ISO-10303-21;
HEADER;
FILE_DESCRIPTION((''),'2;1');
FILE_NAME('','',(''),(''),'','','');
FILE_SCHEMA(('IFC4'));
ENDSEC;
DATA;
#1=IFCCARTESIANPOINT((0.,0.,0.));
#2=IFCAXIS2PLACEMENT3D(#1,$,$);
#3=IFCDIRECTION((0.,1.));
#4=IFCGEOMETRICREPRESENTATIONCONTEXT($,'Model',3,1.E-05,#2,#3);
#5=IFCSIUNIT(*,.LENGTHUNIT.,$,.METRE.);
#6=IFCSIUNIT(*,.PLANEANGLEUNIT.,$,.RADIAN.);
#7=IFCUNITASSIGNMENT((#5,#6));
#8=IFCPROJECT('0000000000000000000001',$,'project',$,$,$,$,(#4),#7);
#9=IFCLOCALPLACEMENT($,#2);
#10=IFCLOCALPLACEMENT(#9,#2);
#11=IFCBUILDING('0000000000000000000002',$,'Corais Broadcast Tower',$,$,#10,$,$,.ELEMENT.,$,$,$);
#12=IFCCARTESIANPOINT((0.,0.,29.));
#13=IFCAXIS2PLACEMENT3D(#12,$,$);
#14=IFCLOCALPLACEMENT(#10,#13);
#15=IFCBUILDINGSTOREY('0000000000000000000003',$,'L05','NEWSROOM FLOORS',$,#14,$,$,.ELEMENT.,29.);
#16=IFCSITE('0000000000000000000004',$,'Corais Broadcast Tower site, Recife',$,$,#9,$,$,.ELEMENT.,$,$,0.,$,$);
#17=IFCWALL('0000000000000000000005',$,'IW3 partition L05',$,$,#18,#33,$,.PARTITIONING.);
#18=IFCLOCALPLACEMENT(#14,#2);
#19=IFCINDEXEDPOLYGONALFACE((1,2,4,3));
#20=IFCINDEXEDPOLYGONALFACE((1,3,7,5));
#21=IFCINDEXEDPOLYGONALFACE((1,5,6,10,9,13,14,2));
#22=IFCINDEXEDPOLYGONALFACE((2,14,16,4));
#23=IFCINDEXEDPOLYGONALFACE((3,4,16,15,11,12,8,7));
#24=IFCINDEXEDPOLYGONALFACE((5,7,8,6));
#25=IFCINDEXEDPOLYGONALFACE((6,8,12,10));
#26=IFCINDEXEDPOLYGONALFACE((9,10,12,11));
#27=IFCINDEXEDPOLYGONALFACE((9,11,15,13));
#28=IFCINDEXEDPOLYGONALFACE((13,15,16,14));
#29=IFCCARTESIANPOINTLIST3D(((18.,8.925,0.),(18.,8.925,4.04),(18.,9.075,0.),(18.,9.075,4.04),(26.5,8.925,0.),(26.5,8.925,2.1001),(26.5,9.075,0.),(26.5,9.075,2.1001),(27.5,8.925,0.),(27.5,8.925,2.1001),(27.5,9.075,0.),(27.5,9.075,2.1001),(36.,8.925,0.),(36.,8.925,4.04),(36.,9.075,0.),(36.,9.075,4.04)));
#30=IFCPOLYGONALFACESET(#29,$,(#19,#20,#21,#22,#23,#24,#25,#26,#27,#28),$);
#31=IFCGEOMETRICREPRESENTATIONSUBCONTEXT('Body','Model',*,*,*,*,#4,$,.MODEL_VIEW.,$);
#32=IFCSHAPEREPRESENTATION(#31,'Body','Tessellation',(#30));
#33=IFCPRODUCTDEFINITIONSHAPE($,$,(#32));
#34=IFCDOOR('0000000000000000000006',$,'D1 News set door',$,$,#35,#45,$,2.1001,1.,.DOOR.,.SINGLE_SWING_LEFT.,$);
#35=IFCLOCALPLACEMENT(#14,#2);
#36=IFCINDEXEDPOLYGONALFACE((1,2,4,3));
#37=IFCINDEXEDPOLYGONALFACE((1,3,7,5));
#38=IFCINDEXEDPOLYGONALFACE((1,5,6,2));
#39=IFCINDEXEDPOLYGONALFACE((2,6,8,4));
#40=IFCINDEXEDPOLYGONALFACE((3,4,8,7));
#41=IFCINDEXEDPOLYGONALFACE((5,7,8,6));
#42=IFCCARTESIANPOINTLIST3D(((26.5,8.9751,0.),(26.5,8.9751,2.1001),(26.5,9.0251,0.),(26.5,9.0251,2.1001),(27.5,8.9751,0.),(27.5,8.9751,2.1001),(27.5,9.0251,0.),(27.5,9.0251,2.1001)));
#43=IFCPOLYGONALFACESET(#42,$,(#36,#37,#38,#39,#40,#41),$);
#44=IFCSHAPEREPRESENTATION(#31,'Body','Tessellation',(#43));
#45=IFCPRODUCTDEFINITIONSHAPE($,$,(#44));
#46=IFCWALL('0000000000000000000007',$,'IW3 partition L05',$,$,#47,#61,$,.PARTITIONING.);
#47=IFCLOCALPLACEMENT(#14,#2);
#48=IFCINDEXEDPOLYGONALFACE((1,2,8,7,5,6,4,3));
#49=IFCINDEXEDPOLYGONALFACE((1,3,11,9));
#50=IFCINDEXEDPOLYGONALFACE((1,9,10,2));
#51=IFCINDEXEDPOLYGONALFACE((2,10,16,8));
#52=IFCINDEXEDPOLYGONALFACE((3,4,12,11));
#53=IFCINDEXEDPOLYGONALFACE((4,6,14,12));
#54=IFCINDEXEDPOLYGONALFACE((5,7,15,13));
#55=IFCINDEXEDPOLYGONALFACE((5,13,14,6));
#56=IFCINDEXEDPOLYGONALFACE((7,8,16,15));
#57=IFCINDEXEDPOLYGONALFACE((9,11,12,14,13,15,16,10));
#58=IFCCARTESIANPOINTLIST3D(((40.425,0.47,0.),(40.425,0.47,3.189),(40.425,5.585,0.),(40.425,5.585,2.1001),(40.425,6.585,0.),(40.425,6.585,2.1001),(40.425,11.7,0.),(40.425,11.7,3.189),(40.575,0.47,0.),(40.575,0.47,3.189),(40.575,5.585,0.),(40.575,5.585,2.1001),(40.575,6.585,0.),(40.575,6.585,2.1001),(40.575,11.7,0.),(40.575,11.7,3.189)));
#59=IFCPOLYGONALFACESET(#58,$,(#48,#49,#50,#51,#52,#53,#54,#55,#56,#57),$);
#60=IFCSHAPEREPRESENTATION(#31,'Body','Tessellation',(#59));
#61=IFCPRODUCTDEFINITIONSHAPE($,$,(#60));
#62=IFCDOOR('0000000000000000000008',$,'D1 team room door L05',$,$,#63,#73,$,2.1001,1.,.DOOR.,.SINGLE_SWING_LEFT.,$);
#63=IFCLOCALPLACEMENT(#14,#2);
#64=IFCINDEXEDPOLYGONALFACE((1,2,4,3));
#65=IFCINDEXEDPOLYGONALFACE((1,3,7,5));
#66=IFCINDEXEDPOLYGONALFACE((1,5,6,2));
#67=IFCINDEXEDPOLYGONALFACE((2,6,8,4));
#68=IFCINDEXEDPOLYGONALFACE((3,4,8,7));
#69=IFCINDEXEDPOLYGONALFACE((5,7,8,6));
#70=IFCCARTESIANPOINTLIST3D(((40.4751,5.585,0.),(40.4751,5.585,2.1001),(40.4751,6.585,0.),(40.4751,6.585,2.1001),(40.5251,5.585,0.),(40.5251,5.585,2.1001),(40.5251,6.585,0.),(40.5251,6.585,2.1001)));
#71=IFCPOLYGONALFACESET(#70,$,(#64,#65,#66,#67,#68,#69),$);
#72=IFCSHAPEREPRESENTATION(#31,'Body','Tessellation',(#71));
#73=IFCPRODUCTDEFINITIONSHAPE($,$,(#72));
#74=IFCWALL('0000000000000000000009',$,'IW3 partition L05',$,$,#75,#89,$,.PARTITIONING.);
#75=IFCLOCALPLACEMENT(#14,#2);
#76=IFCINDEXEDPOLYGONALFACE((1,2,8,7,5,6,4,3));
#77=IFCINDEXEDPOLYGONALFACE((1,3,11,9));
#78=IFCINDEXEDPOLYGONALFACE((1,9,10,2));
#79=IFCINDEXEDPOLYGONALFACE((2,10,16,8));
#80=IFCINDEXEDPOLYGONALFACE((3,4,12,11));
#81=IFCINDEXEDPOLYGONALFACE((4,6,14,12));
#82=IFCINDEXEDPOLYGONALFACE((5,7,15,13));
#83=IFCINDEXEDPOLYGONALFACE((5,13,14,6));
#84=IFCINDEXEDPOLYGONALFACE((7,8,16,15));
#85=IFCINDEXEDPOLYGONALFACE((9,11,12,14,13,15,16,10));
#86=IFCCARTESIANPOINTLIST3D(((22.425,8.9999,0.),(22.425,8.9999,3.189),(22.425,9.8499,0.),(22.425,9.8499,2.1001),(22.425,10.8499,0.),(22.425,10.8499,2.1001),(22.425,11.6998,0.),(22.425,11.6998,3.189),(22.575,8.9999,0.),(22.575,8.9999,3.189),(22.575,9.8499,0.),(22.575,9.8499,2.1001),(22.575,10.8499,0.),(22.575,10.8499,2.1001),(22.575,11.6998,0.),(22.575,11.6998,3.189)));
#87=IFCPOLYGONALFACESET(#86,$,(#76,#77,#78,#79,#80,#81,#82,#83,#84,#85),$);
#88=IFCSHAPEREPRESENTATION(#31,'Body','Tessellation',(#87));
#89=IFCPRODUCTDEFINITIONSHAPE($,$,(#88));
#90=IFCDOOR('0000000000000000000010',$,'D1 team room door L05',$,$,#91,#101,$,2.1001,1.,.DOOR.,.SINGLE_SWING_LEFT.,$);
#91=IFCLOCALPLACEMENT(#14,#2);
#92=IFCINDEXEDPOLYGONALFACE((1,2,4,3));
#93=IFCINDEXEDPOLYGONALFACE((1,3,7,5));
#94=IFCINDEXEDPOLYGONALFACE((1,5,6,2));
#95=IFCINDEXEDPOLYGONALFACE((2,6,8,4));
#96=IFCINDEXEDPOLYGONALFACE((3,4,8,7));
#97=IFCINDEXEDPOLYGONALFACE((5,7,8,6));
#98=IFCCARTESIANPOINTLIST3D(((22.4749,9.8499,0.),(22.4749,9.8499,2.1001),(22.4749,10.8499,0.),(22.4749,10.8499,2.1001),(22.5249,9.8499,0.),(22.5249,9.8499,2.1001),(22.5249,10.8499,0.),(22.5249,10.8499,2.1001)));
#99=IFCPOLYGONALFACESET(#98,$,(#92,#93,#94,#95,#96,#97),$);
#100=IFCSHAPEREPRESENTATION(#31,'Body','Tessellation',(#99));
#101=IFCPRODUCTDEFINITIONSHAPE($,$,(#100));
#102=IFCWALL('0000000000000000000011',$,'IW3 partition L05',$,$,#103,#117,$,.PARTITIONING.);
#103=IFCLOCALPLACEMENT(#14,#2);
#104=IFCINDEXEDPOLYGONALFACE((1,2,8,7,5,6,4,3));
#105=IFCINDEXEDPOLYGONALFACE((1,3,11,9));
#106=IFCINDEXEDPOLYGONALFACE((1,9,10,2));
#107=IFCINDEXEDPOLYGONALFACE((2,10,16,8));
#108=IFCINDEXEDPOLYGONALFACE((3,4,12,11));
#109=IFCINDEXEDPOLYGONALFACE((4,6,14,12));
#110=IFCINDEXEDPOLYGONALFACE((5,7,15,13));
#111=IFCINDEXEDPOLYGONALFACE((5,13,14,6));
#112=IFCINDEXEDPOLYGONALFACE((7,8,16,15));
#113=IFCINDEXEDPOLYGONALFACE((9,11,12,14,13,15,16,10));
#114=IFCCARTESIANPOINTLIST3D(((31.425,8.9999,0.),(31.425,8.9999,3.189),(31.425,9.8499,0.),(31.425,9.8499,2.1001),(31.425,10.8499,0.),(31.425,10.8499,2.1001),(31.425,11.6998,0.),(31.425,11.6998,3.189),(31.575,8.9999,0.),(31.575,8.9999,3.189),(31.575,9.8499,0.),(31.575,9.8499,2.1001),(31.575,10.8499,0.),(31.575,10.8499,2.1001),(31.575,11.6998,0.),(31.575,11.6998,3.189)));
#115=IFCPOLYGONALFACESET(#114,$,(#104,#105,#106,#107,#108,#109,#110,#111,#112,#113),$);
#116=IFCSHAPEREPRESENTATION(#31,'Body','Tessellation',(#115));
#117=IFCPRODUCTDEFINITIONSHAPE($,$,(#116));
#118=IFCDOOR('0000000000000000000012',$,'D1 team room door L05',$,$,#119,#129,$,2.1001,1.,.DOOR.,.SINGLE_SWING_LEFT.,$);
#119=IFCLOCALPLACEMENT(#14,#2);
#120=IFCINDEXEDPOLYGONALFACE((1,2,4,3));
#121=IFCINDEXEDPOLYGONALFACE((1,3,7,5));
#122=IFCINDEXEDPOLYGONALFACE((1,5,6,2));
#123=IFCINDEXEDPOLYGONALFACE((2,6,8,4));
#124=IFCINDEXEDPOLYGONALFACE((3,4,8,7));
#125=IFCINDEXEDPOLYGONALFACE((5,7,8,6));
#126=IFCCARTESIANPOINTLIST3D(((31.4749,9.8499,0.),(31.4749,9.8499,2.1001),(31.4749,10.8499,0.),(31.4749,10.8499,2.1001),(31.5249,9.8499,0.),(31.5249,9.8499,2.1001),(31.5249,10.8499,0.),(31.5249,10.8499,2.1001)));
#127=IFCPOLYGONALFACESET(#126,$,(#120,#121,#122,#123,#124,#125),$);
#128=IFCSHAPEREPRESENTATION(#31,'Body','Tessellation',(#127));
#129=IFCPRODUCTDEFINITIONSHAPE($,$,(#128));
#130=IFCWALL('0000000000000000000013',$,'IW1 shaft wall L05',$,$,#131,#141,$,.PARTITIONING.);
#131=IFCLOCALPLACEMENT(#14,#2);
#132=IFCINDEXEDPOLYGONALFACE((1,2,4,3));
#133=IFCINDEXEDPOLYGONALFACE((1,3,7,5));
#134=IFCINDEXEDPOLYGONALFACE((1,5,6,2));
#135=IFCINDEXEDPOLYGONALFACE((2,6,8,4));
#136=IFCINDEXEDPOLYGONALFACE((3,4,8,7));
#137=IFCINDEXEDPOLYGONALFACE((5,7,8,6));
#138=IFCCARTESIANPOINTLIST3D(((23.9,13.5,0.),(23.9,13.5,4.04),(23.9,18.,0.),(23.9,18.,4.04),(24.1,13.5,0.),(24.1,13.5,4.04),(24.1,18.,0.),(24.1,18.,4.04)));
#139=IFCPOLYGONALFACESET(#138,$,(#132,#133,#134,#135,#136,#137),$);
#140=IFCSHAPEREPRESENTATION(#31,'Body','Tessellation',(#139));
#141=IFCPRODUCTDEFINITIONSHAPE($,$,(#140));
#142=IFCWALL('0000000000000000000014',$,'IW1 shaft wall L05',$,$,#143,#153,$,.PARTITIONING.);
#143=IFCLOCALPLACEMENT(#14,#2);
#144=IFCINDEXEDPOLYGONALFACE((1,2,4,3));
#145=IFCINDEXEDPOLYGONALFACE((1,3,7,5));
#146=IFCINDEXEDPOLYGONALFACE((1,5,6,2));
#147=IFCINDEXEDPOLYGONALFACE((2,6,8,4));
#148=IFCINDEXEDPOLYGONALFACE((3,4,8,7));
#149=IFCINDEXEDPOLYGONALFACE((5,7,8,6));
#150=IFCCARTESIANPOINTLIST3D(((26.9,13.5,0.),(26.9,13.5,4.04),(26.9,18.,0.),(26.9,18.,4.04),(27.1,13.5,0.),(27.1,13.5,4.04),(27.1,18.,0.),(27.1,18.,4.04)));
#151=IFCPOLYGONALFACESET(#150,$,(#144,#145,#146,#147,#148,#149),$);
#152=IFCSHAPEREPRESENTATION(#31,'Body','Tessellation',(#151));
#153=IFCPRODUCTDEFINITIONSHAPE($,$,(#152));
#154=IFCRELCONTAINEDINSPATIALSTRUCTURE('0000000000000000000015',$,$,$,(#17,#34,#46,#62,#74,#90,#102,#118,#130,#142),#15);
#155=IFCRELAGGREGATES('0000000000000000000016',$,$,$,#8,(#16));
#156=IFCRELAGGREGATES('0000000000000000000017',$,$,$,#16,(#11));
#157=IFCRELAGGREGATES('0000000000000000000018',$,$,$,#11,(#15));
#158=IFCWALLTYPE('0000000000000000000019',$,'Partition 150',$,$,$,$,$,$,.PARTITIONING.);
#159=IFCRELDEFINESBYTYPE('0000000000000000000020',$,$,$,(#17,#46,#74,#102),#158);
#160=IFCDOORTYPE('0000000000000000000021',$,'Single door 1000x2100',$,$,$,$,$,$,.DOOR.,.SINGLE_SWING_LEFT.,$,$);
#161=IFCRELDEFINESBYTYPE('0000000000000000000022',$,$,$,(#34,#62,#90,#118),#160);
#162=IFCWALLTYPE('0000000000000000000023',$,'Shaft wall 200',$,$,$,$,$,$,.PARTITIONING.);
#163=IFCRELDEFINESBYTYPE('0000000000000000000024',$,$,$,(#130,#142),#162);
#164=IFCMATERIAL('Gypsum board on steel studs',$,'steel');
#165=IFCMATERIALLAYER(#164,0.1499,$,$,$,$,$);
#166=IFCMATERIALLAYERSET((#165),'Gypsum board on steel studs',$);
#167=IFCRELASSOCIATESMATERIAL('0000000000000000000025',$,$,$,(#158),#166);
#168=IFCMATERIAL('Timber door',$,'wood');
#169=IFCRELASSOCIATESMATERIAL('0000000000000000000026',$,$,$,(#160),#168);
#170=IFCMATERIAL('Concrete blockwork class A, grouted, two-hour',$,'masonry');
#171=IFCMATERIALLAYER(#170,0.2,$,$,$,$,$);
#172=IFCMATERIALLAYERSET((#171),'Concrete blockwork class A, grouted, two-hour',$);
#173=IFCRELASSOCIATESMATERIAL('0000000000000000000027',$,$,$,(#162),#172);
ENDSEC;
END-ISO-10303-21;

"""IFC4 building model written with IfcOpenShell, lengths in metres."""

from ifc_helpers import new_model, si_unit, direction, frame, frame_2d, origin, place, context, subcontext, project, spatial, rectangle, extrude, material, layer, layer_set, type_object, element, fill, save


model = new_model("IFC4")

# Units and contexts
model_context = context("Model", 3, precision=1e-05, world=origin(), true_north=direction((0.0, 1.0)))
body_context = subcontext(model_context, "Body", "Model", "MODEL_VIEW")
ifc_project = project(units=[si_unit("LENGTHUNIT", "METRE"), si_unit("PLANEANGLEUNIT", "RADIAN")], contexts=[model_context])

# Site, building, storey
site_placement = place(None, origin())
site = spatial("IfcSite", under=ifc_project, at=site_placement, Name="Corais Broadcast Tower site, Recife", CompositionType="ELEMENT", RefElevation=0.0)
building_placement = place(site_placement, origin())
building = spatial("IfcBuilding", under=site, at=building_placement, Name="Corais Broadcast Tower", CompositionType="ELEMENT")
storey_placement = place(building_placement, frame((0.0, 0.0, 29.0)))
storey = spatial("IfcBuildingStorey", under=building, at=storey_placement, Name="L05", Description="NEWSROOM FLOORS", CompositionType="ELEMENT", Elevation=29.0)

# Shared definitions
ifc_material_1 = material(Name="Gypsum board on steel studs", Category="steel")
ifc_layer_1 = layer(ifc_material_1, 0.1499)
ifc_layer_set_1 = layer_set([ifc_layer_1], Name="Gypsum board on steel studs")
wall_type_1 = type_object("IfcWallType", Name="Partition 150", PredefinedType="PARTITIONING", material=ifc_layer_set_1)
ifc_material_2 = material(Name="Timber door", Category="wood")
door_type = type_object("IfcDoorType", Name="Single door 1000x2100", OperationType="SINGLE_SWING_LEFT", PredefinedType="DOOR", material=ifc_material_2)

# Walls, openings, doors
wall_1_placement = place(storey_placement, frame((36.0, 9.0, 0.0), z_axis=(0.0, 0.0, 1.0), x_axis=(-1.0, 0.0, 0.0)))
wall_1 = element("IfcWall", 1, at=wall_1_placement, inside=storey, type_object=wall_type_1, Name="IW3 partition L05", PredefinedType="PARTITIONING", context=body_context, shape_type="SweptSolid", body=[
    extrude(rectangle(XDim=18.0, YDim=0.1499, at=frame_2d((9.0, 0.0))), origin(), (0.0, 0.0, 1.0), 4.04),
])
opening_1_placement = place(wall_1_placement, frame((8.5, 0.0, 0.0)))
opening_1 = element("IfcOpeningElement", 2, at=opening_1_placement, cuts=wall_1, PredefinedType="OPENING", context=body_context, shape_type="SweptSolid", body=[
    extrude(rectangle(XDim=1.0, YDim=2.1001, at=frame_2d((0.5, 1.05))), frame((0.0, 0.085, 0.0), z_axis=(0.0, -1.0, 0.0), x_axis=(1.0, 0.0, 0.0)), (0.0, 0.0, 1.0), 0.1699),
])
door_1_placement = place(opening_1_placement, origin())
door_1 = element("IfcDoor", 3, at=door_1_placement, inside=storey, type_object=door_type, Name="D1 News set door", OperationType="SINGLE_SWING_LEFT", OverallHeight=2.1001, OverallWidth=1.0, PredefinedType="DOOR", context=body_context, shape_type="SweptSolid", body=[
    extrude(rectangle(XDim=1.0, YDim=2.1001, at=frame_2d((0.5, 1.05))), frame((0.0, 0.0249, 0.0), z_axis=(0.0, -1.0, 0.0), x_axis=(1.0, 0.0, 0.0)), (0.0, 0.0, 1.0), 0.05),
])
fill(opening_1, door_1)
wall_2_placement = place(storey_placement, frame((40.5, 0.47, 0.0), z_axis=(0.0, 0.0, 1.0), x_axis=(0.0, 1.0, 0.0)))
wall_2 = element("IfcWall", 4, at=wall_2_placement, inside=storey, type_object=wall_type_1, Name="IW3 partition L05", PredefinedType="PARTITIONING", context=body_context, shape_type="SweptSolid", body=[
    extrude(rectangle(XDim=11.23, YDim=0.1499, at=frame_2d((5.615, 0.0))), origin(), (0.0, 0.0, 1.0), 3.189),
])
opening_2_placement = place(wall_2_placement, frame((5.115, 0.0, 0.0)))
opening_2 = element("IfcOpeningElement", 5, at=opening_2_placement, cuts=wall_2, PredefinedType="OPENING", context=body_context, shape_type="SweptSolid", body=[
    extrude(rectangle(XDim=1.0, YDim=2.1001, at=frame_2d((0.5, 1.05))), frame((0.0, 0.085, 0.0), z_axis=(0.0, -1.0, 0.0), x_axis=(1.0, 0.0, 0.0)), (0.0, 0.0, 1.0), 0.1699),
])
door_2_placement = place(opening_2_placement, origin())
door_2 = element("IfcDoor", 6, at=door_2_placement, inside=storey, type_object=door_type, Name="D1 team room door L05", OperationType="SINGLE_SWING_LEFT", OverallHeight=2.1001, OverallWidth=1.0, PredefinedType="DOOR", context=body_context, shape_type="SweptSolid", body=[
    extrude(rectangle(XDim=1.0, YDim=2.1001, at=frame_2d((0.5, 1.05))), frame((0.0, 0.0249, 0.0), z_axis=(0.0, -1.0, 0.0), x_axis=(1.0, 0.0, 0.0)), (0.0, 0.0, 1.0), 0.05),
])
fill(opening_2, door_2)
wall_3_placement = place(storey_placement, frame((22.5, 11.7, 0.0), z_axis=(0.0, 0.0, 1.0), x_axis=(0.0, -1.0, 0.0)))
wall_3 = element("IfcWall", 7, at=wall_3_placement, inside=storey, type_object=wall_type_1, Name="IW3 partition L05", PredefinedType="PARTITIONING", context=body_context, shape_type="SweptSolid", body=[
    extrude(rectangle(XDim=2.7, YDim=0.1499, at=frame_2d((1.3501, 0.0))), origin(), (0.0, 0.0, 1.0), 3.189),
])
opening_3_placement = place(wall_3_placement, frame((0.8501, 0.0, 0.0)))
opening_3 = element("IfcOpeningElement", 8, at=opening_3_placement, cuts=wall_3, PredefinedType="OPENING", context=body_context, shape_type="SweptSolid", body=[
    extrude(rectangle(XDim=1.0, YDim=2.1001, at=frame_2d((0.5, 1.05))), frame((0.0, 0.085, 0.0), z_axis=(0.0, -1.0, 0.0), x_axis=(1.0, 0.0, 0.0)), (0.0, 0.0, 1.0), 0.1699),
])
door_3_placement = place(opening_3_placement, origin())
door_3 = element("IfcDoor", 9, at=door_3_placement, inside=storey, type_object=door_type, Name="D1 team room door L05", OperationType="SINGLE_SWING_LEFT", OverallHeight=2.1001, OverallWidth=1.0, PredefinedType="DOOR", context=body_context, shape_type="SweptSolid", body=[
    extrude(rectangle(XDim=1.0, YDim=2.1001, at=frame_2d((0.5, 1.05))), frame((0.0, 0.0249, 0.0), z_axis=(0.0, -1.0, 0.0), x_axis=(1.0, 0.0, 0.0)), (0.0, 0.0, 1.0), 0.05),
])
fill(opening_3, door_3)
wall_4_placement = place(storey_placement, frame((31.5, 11.7, 0.0), z_axis=(0.0, 0.0, 1.0), x_axis=(0.0, -1.0, 0.0)))
wall_4 = element("IfcWall", 10, at=wall_4_placement, inside=storey, type_object=wall_type_1, Name="IW3 partition L05", PredefinedType="PARTITIONING", context=body_context, shape_type="SweptSolid", body=[
    extrude(rectangle(XDim=2.7, YDim=0.1499, at=frame_2d((1.3501, 0.0))), origin(), (0.0, 0.0, 1.0), 3.189),
])
opening_4_placement = place(wall_4_placement, frame((0.8501, 0.0, 0.0)))
opening_4 = element("IfcOpeningElement", 11, at=opening_4_placement, cuts=wall_4, PredefinedType="OPENING", context=body_context, shape_type="SweptSolid", body=[
    extrude(rectangle(XDim=1.0, YDim=2.1001, at=frame_2d((0.5, 1.05))), frame((0.0, 0.085, 0.0), z_axis=(0.0, -1.0, 0.0), x_axis=(1.0, 0.0, 0.0)), (0.0, 0.0, 1.0), 0.1699),
])
door_4_placement = place(opening_4_placement, origin())
door_4 = element("IfcDoor", 12, at=door_4_placement, inside=storey, type_object=door_type, Name="D1 team room door L05", OperationType="SINGLE_SWING_LEFT", OverallHeight=2.1001, OverallWidth=1.0, PredefinedType="DOOR", context=body_context, shape_type="SweptSolid", body=[
    extrude(rectangle(XDim=1.0, YDim=2.1001, at=frame_2d((0.5, 1.05))), frame((0.0, 0.0249, 0.0), z_axis=(0.0, -1.0, 0.0), x_axis=(1.0, 0.0, 0.0)), (0.0, 0.0, 1.0), 0.05),
])
fill(opening_4, door_4)

# Walls
ifc_material_3 = material(Name="Concrete blockwork class A, grouted, two-hour", Category="masonry")
ifc_layer_2 = layer(ifc_material_3, 0.2)
ifc_layer_set_2 = layer_set([ifc_layer_2], Name="Concrete blockwork class A, grouted, two-hour")
wall_type_2 = type_object("IfcWallType", Name="Shaft wall 200", PredefinedType="PARTITIONING", material=ifc_layer_set_2)
for number, where, z_axis, x_axis, name in (
    (13, (24.0, 13.5, 0.0), (0.0, 0.0, 1.0), (0.0, 1.0, 0.0), "IW1 shaft wall L05"),
    (14, (27.0, 13.5, 0.0), (0.0, 0.0, 1.0), (0.0, 1.0, 0.0), "IW1 shaft wall L05"),
):
    element("IfcWall", number, at=place(storey_placement, frame(where, z_axis=z_axis, x_axis=x_axis)), inside=storey, type_object=wall_type_2, Name=name, PredefinedType="PARTITIONING", context=body_context, shape_type="SweptSolid", body=[
        extrude(rectangle(XDim=4.5, YDim=0.2, at=frame_2d((2.25, 0.0))), origin(), (0.0, 0.0, 1.0), 4.04),
    ])

save(model, "model.ifc")
